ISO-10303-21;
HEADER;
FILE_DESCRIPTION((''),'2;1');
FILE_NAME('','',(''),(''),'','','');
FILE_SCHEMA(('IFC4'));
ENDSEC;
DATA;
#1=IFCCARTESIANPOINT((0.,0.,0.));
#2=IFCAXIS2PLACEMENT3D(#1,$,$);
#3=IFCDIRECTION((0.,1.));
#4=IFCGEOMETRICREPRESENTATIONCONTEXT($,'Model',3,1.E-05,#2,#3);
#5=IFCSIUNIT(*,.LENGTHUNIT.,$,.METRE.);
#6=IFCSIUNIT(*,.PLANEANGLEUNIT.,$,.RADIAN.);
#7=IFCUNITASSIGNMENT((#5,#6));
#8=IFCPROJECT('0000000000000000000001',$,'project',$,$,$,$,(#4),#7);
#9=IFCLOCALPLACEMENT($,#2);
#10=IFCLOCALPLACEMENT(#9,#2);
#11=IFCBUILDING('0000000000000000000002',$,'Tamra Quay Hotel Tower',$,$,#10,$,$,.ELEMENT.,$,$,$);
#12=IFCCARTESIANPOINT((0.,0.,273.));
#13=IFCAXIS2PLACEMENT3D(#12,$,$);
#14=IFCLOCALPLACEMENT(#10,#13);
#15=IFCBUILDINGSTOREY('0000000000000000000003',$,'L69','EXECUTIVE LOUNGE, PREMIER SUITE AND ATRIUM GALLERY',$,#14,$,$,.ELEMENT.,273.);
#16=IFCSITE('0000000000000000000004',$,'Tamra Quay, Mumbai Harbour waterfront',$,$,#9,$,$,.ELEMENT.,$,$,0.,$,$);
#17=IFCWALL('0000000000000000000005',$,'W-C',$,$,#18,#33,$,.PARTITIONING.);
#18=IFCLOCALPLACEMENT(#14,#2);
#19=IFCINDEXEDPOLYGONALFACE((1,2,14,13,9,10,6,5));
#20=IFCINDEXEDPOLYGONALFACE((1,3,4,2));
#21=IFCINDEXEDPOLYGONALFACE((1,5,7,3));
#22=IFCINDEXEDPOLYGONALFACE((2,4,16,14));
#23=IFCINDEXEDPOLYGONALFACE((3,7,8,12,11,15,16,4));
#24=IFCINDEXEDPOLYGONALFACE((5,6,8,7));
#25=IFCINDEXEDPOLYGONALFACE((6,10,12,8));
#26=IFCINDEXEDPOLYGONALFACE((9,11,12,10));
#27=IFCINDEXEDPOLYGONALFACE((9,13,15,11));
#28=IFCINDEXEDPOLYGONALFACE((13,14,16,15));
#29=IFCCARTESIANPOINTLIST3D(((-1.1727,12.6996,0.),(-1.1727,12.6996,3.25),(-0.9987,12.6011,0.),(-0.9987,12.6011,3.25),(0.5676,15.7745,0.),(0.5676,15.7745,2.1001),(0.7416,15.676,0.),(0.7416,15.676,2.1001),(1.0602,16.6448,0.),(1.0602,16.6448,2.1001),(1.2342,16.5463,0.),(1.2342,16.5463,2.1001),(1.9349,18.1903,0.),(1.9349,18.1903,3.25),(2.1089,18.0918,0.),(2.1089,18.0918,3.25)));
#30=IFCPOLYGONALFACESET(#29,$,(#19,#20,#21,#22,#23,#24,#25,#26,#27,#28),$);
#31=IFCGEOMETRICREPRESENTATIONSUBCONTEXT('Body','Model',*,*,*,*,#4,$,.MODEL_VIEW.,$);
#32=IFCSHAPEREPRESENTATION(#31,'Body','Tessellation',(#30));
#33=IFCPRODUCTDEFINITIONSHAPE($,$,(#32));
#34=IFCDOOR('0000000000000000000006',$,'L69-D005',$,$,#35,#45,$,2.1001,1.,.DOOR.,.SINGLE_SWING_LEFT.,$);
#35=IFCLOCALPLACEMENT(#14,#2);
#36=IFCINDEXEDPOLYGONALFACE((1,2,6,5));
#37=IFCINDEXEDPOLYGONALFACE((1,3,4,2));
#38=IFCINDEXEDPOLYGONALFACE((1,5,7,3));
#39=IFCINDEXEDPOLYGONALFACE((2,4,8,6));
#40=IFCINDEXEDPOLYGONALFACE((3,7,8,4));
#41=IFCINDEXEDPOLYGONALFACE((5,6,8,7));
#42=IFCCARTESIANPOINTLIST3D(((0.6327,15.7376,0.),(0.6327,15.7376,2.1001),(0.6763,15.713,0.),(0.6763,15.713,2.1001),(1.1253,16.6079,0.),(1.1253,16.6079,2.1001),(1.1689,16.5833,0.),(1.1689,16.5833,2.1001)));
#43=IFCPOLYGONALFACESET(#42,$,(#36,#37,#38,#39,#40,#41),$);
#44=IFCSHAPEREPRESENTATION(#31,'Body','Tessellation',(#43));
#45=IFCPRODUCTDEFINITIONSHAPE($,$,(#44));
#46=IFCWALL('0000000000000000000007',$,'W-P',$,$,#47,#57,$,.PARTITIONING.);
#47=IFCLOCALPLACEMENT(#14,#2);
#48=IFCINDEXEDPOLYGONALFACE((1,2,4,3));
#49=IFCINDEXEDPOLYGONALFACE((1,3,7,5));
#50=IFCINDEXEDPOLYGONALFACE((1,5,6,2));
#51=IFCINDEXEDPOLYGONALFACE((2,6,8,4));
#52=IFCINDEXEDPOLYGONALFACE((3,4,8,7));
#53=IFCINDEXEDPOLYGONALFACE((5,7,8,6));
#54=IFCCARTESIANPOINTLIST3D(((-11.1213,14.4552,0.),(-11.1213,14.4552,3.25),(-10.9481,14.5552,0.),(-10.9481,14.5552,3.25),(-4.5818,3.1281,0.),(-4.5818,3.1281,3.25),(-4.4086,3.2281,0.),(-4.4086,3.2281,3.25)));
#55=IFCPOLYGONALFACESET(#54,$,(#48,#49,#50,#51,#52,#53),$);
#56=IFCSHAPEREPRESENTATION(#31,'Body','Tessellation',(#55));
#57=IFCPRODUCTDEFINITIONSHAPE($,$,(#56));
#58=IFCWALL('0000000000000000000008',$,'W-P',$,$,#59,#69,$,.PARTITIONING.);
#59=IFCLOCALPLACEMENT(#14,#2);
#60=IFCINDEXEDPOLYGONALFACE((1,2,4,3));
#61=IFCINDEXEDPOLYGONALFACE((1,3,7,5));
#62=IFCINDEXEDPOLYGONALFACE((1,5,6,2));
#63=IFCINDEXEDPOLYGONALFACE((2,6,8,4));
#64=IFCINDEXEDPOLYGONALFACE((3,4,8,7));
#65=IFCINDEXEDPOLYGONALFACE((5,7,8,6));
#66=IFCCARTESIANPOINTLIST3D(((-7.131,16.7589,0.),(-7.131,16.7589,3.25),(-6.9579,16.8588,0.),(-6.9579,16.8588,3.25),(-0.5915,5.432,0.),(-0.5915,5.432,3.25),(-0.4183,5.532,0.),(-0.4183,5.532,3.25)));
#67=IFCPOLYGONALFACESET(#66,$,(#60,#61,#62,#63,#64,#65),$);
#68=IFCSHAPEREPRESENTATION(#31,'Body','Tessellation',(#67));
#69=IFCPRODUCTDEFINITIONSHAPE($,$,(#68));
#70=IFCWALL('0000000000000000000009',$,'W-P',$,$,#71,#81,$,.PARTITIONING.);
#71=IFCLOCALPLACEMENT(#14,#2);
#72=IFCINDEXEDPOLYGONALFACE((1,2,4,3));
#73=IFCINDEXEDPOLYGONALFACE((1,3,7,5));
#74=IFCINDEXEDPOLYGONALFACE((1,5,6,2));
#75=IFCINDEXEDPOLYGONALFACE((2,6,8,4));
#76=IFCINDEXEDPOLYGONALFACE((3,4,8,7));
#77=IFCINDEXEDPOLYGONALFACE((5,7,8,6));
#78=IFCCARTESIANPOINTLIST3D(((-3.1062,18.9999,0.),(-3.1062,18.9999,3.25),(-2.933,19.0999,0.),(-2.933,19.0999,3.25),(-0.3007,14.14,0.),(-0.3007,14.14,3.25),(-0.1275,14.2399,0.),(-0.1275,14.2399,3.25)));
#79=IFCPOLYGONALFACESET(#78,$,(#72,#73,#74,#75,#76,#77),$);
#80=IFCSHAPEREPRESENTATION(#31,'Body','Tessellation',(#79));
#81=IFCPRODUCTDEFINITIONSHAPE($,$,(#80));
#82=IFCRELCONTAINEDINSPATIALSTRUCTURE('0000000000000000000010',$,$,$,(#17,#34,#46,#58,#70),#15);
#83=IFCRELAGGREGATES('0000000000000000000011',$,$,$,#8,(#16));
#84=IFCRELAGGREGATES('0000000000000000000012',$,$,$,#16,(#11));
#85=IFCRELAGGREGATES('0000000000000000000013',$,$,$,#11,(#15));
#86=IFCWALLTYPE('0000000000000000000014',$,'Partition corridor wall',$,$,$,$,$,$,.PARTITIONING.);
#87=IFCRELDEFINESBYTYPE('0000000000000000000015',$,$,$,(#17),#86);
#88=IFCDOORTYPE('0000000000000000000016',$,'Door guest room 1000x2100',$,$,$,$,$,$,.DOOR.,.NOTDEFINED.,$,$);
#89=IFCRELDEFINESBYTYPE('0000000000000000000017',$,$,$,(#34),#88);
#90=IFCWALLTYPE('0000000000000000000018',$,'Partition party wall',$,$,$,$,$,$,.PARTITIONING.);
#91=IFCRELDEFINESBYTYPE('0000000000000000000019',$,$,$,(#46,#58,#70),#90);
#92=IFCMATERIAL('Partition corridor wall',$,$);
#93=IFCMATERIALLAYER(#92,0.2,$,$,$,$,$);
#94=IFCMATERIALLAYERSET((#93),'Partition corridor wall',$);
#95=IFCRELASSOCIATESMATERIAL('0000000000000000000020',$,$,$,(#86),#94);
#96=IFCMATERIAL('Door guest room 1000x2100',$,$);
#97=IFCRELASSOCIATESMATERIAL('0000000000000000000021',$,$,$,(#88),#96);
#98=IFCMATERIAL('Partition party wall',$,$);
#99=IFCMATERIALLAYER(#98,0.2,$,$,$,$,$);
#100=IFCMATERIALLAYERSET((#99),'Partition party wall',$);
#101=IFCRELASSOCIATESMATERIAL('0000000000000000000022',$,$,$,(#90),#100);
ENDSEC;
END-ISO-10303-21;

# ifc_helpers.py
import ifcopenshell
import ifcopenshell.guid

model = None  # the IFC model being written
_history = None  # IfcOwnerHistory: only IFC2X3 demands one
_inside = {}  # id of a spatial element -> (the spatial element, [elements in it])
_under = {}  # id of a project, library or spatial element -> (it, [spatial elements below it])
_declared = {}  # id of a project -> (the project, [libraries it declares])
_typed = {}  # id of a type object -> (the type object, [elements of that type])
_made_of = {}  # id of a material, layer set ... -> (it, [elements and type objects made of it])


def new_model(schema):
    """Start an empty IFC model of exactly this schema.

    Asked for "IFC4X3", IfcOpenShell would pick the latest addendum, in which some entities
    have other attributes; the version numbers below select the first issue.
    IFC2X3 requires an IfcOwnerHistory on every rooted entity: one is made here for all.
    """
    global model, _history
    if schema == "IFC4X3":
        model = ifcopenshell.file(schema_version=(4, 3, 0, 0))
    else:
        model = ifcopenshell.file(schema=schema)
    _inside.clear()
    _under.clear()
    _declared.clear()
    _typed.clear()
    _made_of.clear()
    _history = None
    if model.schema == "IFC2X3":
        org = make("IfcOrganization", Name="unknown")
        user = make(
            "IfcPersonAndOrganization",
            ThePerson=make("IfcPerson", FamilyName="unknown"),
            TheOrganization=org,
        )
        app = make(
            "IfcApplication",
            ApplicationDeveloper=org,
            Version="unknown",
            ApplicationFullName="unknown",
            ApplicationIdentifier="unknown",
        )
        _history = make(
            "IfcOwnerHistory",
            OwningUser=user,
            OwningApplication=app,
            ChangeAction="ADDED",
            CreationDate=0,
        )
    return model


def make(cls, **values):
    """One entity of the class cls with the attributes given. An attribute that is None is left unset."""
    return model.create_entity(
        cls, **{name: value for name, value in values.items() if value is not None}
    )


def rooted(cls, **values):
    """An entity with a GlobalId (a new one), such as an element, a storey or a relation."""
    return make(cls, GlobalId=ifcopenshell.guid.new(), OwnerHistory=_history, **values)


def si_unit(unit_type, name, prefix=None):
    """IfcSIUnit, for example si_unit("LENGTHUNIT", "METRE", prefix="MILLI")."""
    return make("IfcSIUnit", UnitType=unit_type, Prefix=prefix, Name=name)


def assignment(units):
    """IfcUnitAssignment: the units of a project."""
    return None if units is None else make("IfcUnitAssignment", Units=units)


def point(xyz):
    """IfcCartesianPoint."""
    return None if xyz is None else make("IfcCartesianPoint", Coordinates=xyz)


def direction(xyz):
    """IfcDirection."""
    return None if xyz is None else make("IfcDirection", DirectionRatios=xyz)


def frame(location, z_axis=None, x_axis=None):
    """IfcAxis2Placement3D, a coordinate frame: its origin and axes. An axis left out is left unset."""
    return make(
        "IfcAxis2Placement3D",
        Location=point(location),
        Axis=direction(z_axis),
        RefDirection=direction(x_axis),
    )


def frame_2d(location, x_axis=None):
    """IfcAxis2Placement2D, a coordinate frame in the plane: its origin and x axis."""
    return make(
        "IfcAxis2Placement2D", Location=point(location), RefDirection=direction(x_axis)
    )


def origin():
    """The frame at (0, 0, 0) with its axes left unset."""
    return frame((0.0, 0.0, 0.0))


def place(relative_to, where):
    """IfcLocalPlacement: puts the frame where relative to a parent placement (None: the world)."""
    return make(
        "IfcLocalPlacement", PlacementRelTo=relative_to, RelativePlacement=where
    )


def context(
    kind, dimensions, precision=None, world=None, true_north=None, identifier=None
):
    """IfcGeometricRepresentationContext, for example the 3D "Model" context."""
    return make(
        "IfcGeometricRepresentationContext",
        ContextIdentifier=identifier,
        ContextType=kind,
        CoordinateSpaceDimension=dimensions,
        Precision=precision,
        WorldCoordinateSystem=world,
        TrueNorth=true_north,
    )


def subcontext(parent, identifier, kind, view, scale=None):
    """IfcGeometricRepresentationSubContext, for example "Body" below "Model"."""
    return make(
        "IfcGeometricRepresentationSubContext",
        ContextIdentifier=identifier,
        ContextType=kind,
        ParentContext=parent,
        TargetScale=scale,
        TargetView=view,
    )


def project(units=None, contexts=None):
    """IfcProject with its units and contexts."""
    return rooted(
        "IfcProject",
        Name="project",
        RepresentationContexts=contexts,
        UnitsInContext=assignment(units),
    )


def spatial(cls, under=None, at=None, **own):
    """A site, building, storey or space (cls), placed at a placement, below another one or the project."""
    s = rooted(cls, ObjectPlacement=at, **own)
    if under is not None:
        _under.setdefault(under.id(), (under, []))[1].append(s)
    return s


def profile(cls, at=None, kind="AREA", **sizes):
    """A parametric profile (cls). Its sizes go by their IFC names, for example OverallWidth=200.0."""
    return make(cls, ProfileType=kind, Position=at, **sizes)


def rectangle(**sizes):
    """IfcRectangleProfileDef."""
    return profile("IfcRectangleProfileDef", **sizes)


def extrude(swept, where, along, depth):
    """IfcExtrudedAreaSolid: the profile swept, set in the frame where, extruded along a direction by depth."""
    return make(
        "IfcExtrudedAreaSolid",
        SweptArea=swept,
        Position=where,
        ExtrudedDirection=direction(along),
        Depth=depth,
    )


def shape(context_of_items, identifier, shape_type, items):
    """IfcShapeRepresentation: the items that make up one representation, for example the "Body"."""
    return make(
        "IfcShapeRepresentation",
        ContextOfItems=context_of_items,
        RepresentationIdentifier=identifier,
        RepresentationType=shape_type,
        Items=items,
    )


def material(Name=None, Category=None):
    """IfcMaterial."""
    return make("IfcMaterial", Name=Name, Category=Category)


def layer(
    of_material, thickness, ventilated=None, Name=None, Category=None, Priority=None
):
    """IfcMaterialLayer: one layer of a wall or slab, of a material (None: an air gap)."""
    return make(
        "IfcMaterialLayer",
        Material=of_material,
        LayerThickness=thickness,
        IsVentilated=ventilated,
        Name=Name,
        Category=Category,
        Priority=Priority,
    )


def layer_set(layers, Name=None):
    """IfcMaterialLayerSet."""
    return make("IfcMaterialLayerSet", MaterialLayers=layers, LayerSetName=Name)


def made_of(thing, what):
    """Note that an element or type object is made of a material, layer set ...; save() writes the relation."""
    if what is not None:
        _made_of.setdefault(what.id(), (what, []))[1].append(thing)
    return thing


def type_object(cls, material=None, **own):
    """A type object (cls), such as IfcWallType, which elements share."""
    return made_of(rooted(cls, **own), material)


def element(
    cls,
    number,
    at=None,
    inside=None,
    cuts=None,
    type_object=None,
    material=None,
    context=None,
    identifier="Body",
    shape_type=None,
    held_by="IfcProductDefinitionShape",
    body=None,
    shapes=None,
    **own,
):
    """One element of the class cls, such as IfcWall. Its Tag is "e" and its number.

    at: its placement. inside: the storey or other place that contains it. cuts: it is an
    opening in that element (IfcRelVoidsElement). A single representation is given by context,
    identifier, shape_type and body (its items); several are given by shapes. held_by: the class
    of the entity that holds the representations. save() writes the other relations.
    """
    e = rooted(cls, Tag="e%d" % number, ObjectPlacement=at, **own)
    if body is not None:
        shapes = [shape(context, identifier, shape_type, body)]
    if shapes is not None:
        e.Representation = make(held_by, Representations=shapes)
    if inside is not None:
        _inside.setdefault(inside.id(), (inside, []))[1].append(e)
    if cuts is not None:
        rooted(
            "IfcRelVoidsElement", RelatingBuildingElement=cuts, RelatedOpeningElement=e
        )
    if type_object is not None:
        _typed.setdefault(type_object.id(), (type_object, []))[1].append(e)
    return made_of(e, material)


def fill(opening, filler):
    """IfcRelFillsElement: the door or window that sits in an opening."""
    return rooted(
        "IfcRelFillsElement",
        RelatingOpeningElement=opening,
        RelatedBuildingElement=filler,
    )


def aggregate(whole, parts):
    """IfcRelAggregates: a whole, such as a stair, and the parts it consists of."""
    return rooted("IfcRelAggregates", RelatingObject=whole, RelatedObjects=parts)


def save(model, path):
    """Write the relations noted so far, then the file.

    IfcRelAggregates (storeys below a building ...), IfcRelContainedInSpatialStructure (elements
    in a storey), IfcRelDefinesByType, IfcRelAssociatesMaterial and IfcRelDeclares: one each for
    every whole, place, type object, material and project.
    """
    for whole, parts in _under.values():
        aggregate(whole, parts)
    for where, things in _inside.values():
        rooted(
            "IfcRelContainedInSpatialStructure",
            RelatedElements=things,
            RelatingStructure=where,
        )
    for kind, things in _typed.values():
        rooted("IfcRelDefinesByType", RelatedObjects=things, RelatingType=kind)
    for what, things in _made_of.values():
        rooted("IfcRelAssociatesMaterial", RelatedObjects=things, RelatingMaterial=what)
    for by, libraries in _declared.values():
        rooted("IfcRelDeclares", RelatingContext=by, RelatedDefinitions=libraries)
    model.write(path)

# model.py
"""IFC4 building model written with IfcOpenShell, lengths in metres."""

from ifc_helpers import new_model, si_unit, direction, frame, frame_2d, origin, place, context, subcontext, project, spatial, rectangle, extrude, material, layer, layer_set, type_object, element, fill, save


model = new_model("IFC4")

# Units and contexts
model_context = context("Model", 3, precision=1e-05, world=origin(), true_north=direction((0.0, 1.0)))
body_context = subcontext(model_context, "Body", "Model", "MODEL_VIEW")
ifc_project = project(units=[si_unit("LENGTHUNIT", "METRE"), si_unit("PLANEANGLEUNIT", "RADIAN")], contexts=[model_context])

# Site, building, storey
site_placement = place(None, origin())
site = spatial("IfcSite", under=ifc_project, at=site_placement, Name="Tamra Quay, Mumbai Harbour waterfront", CompositionType="ELEMENT", RefElevation=0.0)
building_placement = place(site_placement, origin())
building = spatial("IfcBuilding", under=site, at=building_placement, Name="Tamra Quay Hotel Tower", CompositionType="ELEMENT")
storey_placement = place(building_placement, frame((0.0, 0.0, 273.0)))
storey = spatial("IfcBuildingStorey", under=building, at=storey_placement, Name="L69", Description="EXECUTIVE LOUNGE, PREMIER SUITE AND ATRIUM GALLERY", CompositionType="ELEMENT", Elevation=273.0)

# Wall, opening, door
ifc_material_1 = material(Name="Partition corridor wall")
ifc_layer_1 = layer(ifc_material_1, 0.2)
ifc_layer_set_1 = layer_set([ifc_layer_1], Name="Partition corridor wall")
wall_type_1 = type_object("IfcWallType", Name="Partition corridor wall", PredefinedType="PARTITIONING", material=ifc_layer_set_1)
wall_1_placement = place(storey_placement, frame((-1.0857, 12.6504, 0.0), z_axis=(0.0, 0.0, 1.0), x_axis=(0.492563, 0.870277, 0.0)))
wall_1 = element("IfcWall", 1, at=wall_1_placement, inside=storey, type_object=wall_type_1, Name="W-C", PredefinedType="PARTITIONING", context=body_context, shape_type="SweptSolid", body=[
    extrude(rectangle(XDim=6.3091, YDim=0.2, at=frame_2d((3.1545, 0.0))), origin(), (0.0, 0.0, 1.0), 3.25),
])
opening_placement = place(wall_1_placement, frame((3.5332, 0.0, 0.0)))
opening = element("IfcOpeningElement", 2, at=opening_placement, cuts=wall_1, PredefinedType="OPENING", context=body_context, shape_type="SweptSolid", body=[
    extrude(rectangle(XDim=1.0, YDim=2.1001, at=frame_2d((0.5, 1.05))), frame((0.0, 0.1099, 0.0), z_axis=(0.0, -1.0, 0.0), x_axis=(1.0, 0.0, 0.0)), (0.0, 0.0, 1.0), 0.22),
])
ifc_material_2 = material(Name="Door guest room 1000x2100")
door_type = type_object("IfcDoorType", Name="Door guest room 1000x2100", OperationType="NOTDEFINED", PredefinedType="DOOR", material=ifc_material_2)
door_placement = place(opening_placement, frame((1.0, 0.0, 0.0), z_axis=(0.0, 0.0, 1.0), x_axis=(-1.0, 0.0, 0.0)))
door = element("IfcDoor", 3, at=door_placement, inside=storey, type_object=door_type, Name="L69-D005", OperationType="SINGLE_SWING_LEFT", OverallHeight=2.1001, OverallWidth=1.0, PredefinedType="DOOR", context=body_context, shape_type="SweptSolid", body=[
    extrude(rectangle(XDim=1.0, YDim=2.1001, at=frame_2d((0.5, 1.05))), frame((0.0, 0.0249, 0.0), z_axis=(0.0, -1.0, 0.0), x_axis=(1.0, 0.0, 0.0)), (0.0, 0.0, 1.0), 0.05),
])
fill(opening, door)

# Walls
ifc_material_3 = material(Name="Partition party wall")
ifc_layer_2 = layer(ifc_material_3, 0.2)
ifc_layer_set_2 = layer_set([ifc_layer_2], Name="Partition party wall")
wall_type_2 = type_object("IfcWallType", Name="Partition party wall", PredefinedType="PARTITIONING", material=ifc_layer_set_2)
wall_2_placement = place(storey_placement, frame((-11.0347, 14.5051, 0.0), z_axis=(0.0, 0.0, 1.0), x_axis=(0.49999, -0.866031, 0.0)))
element("IfcWall", 4, at=wall_2_placement, inside=storey, type_object=wall_type_2, Name="W-P", PredefinedType="PARTITIONING", context=body_context, shape_type="SweptSolid", body=[
    extrude(rectangle(XDim=13.0793, YDim=0.2, at=frame_2d((6.5396, 0.0))), origin(), (0.0, 0.0, 1.0), 3.25),
])
wall_3_placement = place(storey_placement, frame((-7.0444, 16.8088, 0.0), z_axis=(0.0, 0.0, 1.0), x_axis=(0.499998, -0.866027, 0.0)))
element("IfcWall", 5, at=wall_3_placement, inside=storey, type_object=wall_type_2, Name="W-P", PredefinedType="PARTITIONING", context=body_context, shape_type="SweptSolid", body=[
    extrude(rectangle(XDim=13.0791, YDim=0.2, at=frame_2d((6.5396, 0.0))), origin(), (0.0, 0.0, 1.0), 3.25),
])
wall_4_placement = place(storey_placement, frame((-3.0195, 19.0498, 0.0), z_axis=(0.0, 0.0, 1.0), x_axis=(0.499943, -0.866058, 0.0)))
element("IfcWall", 6, at=wall_4_placement, inside=storey, type_object=wall_type_2, Name="W-P", PredefinedType="PARTITIONING", context=body_context, shape_type="SweptSolid", body=[
    extrude(rectangle(XDim=5.6116, YDim=0.2, at=frame_2d((2.8057, 0.0))), origin(), (0.0, 0.0, 1.0), 3.25),
])

save(model, "model.ifc")
